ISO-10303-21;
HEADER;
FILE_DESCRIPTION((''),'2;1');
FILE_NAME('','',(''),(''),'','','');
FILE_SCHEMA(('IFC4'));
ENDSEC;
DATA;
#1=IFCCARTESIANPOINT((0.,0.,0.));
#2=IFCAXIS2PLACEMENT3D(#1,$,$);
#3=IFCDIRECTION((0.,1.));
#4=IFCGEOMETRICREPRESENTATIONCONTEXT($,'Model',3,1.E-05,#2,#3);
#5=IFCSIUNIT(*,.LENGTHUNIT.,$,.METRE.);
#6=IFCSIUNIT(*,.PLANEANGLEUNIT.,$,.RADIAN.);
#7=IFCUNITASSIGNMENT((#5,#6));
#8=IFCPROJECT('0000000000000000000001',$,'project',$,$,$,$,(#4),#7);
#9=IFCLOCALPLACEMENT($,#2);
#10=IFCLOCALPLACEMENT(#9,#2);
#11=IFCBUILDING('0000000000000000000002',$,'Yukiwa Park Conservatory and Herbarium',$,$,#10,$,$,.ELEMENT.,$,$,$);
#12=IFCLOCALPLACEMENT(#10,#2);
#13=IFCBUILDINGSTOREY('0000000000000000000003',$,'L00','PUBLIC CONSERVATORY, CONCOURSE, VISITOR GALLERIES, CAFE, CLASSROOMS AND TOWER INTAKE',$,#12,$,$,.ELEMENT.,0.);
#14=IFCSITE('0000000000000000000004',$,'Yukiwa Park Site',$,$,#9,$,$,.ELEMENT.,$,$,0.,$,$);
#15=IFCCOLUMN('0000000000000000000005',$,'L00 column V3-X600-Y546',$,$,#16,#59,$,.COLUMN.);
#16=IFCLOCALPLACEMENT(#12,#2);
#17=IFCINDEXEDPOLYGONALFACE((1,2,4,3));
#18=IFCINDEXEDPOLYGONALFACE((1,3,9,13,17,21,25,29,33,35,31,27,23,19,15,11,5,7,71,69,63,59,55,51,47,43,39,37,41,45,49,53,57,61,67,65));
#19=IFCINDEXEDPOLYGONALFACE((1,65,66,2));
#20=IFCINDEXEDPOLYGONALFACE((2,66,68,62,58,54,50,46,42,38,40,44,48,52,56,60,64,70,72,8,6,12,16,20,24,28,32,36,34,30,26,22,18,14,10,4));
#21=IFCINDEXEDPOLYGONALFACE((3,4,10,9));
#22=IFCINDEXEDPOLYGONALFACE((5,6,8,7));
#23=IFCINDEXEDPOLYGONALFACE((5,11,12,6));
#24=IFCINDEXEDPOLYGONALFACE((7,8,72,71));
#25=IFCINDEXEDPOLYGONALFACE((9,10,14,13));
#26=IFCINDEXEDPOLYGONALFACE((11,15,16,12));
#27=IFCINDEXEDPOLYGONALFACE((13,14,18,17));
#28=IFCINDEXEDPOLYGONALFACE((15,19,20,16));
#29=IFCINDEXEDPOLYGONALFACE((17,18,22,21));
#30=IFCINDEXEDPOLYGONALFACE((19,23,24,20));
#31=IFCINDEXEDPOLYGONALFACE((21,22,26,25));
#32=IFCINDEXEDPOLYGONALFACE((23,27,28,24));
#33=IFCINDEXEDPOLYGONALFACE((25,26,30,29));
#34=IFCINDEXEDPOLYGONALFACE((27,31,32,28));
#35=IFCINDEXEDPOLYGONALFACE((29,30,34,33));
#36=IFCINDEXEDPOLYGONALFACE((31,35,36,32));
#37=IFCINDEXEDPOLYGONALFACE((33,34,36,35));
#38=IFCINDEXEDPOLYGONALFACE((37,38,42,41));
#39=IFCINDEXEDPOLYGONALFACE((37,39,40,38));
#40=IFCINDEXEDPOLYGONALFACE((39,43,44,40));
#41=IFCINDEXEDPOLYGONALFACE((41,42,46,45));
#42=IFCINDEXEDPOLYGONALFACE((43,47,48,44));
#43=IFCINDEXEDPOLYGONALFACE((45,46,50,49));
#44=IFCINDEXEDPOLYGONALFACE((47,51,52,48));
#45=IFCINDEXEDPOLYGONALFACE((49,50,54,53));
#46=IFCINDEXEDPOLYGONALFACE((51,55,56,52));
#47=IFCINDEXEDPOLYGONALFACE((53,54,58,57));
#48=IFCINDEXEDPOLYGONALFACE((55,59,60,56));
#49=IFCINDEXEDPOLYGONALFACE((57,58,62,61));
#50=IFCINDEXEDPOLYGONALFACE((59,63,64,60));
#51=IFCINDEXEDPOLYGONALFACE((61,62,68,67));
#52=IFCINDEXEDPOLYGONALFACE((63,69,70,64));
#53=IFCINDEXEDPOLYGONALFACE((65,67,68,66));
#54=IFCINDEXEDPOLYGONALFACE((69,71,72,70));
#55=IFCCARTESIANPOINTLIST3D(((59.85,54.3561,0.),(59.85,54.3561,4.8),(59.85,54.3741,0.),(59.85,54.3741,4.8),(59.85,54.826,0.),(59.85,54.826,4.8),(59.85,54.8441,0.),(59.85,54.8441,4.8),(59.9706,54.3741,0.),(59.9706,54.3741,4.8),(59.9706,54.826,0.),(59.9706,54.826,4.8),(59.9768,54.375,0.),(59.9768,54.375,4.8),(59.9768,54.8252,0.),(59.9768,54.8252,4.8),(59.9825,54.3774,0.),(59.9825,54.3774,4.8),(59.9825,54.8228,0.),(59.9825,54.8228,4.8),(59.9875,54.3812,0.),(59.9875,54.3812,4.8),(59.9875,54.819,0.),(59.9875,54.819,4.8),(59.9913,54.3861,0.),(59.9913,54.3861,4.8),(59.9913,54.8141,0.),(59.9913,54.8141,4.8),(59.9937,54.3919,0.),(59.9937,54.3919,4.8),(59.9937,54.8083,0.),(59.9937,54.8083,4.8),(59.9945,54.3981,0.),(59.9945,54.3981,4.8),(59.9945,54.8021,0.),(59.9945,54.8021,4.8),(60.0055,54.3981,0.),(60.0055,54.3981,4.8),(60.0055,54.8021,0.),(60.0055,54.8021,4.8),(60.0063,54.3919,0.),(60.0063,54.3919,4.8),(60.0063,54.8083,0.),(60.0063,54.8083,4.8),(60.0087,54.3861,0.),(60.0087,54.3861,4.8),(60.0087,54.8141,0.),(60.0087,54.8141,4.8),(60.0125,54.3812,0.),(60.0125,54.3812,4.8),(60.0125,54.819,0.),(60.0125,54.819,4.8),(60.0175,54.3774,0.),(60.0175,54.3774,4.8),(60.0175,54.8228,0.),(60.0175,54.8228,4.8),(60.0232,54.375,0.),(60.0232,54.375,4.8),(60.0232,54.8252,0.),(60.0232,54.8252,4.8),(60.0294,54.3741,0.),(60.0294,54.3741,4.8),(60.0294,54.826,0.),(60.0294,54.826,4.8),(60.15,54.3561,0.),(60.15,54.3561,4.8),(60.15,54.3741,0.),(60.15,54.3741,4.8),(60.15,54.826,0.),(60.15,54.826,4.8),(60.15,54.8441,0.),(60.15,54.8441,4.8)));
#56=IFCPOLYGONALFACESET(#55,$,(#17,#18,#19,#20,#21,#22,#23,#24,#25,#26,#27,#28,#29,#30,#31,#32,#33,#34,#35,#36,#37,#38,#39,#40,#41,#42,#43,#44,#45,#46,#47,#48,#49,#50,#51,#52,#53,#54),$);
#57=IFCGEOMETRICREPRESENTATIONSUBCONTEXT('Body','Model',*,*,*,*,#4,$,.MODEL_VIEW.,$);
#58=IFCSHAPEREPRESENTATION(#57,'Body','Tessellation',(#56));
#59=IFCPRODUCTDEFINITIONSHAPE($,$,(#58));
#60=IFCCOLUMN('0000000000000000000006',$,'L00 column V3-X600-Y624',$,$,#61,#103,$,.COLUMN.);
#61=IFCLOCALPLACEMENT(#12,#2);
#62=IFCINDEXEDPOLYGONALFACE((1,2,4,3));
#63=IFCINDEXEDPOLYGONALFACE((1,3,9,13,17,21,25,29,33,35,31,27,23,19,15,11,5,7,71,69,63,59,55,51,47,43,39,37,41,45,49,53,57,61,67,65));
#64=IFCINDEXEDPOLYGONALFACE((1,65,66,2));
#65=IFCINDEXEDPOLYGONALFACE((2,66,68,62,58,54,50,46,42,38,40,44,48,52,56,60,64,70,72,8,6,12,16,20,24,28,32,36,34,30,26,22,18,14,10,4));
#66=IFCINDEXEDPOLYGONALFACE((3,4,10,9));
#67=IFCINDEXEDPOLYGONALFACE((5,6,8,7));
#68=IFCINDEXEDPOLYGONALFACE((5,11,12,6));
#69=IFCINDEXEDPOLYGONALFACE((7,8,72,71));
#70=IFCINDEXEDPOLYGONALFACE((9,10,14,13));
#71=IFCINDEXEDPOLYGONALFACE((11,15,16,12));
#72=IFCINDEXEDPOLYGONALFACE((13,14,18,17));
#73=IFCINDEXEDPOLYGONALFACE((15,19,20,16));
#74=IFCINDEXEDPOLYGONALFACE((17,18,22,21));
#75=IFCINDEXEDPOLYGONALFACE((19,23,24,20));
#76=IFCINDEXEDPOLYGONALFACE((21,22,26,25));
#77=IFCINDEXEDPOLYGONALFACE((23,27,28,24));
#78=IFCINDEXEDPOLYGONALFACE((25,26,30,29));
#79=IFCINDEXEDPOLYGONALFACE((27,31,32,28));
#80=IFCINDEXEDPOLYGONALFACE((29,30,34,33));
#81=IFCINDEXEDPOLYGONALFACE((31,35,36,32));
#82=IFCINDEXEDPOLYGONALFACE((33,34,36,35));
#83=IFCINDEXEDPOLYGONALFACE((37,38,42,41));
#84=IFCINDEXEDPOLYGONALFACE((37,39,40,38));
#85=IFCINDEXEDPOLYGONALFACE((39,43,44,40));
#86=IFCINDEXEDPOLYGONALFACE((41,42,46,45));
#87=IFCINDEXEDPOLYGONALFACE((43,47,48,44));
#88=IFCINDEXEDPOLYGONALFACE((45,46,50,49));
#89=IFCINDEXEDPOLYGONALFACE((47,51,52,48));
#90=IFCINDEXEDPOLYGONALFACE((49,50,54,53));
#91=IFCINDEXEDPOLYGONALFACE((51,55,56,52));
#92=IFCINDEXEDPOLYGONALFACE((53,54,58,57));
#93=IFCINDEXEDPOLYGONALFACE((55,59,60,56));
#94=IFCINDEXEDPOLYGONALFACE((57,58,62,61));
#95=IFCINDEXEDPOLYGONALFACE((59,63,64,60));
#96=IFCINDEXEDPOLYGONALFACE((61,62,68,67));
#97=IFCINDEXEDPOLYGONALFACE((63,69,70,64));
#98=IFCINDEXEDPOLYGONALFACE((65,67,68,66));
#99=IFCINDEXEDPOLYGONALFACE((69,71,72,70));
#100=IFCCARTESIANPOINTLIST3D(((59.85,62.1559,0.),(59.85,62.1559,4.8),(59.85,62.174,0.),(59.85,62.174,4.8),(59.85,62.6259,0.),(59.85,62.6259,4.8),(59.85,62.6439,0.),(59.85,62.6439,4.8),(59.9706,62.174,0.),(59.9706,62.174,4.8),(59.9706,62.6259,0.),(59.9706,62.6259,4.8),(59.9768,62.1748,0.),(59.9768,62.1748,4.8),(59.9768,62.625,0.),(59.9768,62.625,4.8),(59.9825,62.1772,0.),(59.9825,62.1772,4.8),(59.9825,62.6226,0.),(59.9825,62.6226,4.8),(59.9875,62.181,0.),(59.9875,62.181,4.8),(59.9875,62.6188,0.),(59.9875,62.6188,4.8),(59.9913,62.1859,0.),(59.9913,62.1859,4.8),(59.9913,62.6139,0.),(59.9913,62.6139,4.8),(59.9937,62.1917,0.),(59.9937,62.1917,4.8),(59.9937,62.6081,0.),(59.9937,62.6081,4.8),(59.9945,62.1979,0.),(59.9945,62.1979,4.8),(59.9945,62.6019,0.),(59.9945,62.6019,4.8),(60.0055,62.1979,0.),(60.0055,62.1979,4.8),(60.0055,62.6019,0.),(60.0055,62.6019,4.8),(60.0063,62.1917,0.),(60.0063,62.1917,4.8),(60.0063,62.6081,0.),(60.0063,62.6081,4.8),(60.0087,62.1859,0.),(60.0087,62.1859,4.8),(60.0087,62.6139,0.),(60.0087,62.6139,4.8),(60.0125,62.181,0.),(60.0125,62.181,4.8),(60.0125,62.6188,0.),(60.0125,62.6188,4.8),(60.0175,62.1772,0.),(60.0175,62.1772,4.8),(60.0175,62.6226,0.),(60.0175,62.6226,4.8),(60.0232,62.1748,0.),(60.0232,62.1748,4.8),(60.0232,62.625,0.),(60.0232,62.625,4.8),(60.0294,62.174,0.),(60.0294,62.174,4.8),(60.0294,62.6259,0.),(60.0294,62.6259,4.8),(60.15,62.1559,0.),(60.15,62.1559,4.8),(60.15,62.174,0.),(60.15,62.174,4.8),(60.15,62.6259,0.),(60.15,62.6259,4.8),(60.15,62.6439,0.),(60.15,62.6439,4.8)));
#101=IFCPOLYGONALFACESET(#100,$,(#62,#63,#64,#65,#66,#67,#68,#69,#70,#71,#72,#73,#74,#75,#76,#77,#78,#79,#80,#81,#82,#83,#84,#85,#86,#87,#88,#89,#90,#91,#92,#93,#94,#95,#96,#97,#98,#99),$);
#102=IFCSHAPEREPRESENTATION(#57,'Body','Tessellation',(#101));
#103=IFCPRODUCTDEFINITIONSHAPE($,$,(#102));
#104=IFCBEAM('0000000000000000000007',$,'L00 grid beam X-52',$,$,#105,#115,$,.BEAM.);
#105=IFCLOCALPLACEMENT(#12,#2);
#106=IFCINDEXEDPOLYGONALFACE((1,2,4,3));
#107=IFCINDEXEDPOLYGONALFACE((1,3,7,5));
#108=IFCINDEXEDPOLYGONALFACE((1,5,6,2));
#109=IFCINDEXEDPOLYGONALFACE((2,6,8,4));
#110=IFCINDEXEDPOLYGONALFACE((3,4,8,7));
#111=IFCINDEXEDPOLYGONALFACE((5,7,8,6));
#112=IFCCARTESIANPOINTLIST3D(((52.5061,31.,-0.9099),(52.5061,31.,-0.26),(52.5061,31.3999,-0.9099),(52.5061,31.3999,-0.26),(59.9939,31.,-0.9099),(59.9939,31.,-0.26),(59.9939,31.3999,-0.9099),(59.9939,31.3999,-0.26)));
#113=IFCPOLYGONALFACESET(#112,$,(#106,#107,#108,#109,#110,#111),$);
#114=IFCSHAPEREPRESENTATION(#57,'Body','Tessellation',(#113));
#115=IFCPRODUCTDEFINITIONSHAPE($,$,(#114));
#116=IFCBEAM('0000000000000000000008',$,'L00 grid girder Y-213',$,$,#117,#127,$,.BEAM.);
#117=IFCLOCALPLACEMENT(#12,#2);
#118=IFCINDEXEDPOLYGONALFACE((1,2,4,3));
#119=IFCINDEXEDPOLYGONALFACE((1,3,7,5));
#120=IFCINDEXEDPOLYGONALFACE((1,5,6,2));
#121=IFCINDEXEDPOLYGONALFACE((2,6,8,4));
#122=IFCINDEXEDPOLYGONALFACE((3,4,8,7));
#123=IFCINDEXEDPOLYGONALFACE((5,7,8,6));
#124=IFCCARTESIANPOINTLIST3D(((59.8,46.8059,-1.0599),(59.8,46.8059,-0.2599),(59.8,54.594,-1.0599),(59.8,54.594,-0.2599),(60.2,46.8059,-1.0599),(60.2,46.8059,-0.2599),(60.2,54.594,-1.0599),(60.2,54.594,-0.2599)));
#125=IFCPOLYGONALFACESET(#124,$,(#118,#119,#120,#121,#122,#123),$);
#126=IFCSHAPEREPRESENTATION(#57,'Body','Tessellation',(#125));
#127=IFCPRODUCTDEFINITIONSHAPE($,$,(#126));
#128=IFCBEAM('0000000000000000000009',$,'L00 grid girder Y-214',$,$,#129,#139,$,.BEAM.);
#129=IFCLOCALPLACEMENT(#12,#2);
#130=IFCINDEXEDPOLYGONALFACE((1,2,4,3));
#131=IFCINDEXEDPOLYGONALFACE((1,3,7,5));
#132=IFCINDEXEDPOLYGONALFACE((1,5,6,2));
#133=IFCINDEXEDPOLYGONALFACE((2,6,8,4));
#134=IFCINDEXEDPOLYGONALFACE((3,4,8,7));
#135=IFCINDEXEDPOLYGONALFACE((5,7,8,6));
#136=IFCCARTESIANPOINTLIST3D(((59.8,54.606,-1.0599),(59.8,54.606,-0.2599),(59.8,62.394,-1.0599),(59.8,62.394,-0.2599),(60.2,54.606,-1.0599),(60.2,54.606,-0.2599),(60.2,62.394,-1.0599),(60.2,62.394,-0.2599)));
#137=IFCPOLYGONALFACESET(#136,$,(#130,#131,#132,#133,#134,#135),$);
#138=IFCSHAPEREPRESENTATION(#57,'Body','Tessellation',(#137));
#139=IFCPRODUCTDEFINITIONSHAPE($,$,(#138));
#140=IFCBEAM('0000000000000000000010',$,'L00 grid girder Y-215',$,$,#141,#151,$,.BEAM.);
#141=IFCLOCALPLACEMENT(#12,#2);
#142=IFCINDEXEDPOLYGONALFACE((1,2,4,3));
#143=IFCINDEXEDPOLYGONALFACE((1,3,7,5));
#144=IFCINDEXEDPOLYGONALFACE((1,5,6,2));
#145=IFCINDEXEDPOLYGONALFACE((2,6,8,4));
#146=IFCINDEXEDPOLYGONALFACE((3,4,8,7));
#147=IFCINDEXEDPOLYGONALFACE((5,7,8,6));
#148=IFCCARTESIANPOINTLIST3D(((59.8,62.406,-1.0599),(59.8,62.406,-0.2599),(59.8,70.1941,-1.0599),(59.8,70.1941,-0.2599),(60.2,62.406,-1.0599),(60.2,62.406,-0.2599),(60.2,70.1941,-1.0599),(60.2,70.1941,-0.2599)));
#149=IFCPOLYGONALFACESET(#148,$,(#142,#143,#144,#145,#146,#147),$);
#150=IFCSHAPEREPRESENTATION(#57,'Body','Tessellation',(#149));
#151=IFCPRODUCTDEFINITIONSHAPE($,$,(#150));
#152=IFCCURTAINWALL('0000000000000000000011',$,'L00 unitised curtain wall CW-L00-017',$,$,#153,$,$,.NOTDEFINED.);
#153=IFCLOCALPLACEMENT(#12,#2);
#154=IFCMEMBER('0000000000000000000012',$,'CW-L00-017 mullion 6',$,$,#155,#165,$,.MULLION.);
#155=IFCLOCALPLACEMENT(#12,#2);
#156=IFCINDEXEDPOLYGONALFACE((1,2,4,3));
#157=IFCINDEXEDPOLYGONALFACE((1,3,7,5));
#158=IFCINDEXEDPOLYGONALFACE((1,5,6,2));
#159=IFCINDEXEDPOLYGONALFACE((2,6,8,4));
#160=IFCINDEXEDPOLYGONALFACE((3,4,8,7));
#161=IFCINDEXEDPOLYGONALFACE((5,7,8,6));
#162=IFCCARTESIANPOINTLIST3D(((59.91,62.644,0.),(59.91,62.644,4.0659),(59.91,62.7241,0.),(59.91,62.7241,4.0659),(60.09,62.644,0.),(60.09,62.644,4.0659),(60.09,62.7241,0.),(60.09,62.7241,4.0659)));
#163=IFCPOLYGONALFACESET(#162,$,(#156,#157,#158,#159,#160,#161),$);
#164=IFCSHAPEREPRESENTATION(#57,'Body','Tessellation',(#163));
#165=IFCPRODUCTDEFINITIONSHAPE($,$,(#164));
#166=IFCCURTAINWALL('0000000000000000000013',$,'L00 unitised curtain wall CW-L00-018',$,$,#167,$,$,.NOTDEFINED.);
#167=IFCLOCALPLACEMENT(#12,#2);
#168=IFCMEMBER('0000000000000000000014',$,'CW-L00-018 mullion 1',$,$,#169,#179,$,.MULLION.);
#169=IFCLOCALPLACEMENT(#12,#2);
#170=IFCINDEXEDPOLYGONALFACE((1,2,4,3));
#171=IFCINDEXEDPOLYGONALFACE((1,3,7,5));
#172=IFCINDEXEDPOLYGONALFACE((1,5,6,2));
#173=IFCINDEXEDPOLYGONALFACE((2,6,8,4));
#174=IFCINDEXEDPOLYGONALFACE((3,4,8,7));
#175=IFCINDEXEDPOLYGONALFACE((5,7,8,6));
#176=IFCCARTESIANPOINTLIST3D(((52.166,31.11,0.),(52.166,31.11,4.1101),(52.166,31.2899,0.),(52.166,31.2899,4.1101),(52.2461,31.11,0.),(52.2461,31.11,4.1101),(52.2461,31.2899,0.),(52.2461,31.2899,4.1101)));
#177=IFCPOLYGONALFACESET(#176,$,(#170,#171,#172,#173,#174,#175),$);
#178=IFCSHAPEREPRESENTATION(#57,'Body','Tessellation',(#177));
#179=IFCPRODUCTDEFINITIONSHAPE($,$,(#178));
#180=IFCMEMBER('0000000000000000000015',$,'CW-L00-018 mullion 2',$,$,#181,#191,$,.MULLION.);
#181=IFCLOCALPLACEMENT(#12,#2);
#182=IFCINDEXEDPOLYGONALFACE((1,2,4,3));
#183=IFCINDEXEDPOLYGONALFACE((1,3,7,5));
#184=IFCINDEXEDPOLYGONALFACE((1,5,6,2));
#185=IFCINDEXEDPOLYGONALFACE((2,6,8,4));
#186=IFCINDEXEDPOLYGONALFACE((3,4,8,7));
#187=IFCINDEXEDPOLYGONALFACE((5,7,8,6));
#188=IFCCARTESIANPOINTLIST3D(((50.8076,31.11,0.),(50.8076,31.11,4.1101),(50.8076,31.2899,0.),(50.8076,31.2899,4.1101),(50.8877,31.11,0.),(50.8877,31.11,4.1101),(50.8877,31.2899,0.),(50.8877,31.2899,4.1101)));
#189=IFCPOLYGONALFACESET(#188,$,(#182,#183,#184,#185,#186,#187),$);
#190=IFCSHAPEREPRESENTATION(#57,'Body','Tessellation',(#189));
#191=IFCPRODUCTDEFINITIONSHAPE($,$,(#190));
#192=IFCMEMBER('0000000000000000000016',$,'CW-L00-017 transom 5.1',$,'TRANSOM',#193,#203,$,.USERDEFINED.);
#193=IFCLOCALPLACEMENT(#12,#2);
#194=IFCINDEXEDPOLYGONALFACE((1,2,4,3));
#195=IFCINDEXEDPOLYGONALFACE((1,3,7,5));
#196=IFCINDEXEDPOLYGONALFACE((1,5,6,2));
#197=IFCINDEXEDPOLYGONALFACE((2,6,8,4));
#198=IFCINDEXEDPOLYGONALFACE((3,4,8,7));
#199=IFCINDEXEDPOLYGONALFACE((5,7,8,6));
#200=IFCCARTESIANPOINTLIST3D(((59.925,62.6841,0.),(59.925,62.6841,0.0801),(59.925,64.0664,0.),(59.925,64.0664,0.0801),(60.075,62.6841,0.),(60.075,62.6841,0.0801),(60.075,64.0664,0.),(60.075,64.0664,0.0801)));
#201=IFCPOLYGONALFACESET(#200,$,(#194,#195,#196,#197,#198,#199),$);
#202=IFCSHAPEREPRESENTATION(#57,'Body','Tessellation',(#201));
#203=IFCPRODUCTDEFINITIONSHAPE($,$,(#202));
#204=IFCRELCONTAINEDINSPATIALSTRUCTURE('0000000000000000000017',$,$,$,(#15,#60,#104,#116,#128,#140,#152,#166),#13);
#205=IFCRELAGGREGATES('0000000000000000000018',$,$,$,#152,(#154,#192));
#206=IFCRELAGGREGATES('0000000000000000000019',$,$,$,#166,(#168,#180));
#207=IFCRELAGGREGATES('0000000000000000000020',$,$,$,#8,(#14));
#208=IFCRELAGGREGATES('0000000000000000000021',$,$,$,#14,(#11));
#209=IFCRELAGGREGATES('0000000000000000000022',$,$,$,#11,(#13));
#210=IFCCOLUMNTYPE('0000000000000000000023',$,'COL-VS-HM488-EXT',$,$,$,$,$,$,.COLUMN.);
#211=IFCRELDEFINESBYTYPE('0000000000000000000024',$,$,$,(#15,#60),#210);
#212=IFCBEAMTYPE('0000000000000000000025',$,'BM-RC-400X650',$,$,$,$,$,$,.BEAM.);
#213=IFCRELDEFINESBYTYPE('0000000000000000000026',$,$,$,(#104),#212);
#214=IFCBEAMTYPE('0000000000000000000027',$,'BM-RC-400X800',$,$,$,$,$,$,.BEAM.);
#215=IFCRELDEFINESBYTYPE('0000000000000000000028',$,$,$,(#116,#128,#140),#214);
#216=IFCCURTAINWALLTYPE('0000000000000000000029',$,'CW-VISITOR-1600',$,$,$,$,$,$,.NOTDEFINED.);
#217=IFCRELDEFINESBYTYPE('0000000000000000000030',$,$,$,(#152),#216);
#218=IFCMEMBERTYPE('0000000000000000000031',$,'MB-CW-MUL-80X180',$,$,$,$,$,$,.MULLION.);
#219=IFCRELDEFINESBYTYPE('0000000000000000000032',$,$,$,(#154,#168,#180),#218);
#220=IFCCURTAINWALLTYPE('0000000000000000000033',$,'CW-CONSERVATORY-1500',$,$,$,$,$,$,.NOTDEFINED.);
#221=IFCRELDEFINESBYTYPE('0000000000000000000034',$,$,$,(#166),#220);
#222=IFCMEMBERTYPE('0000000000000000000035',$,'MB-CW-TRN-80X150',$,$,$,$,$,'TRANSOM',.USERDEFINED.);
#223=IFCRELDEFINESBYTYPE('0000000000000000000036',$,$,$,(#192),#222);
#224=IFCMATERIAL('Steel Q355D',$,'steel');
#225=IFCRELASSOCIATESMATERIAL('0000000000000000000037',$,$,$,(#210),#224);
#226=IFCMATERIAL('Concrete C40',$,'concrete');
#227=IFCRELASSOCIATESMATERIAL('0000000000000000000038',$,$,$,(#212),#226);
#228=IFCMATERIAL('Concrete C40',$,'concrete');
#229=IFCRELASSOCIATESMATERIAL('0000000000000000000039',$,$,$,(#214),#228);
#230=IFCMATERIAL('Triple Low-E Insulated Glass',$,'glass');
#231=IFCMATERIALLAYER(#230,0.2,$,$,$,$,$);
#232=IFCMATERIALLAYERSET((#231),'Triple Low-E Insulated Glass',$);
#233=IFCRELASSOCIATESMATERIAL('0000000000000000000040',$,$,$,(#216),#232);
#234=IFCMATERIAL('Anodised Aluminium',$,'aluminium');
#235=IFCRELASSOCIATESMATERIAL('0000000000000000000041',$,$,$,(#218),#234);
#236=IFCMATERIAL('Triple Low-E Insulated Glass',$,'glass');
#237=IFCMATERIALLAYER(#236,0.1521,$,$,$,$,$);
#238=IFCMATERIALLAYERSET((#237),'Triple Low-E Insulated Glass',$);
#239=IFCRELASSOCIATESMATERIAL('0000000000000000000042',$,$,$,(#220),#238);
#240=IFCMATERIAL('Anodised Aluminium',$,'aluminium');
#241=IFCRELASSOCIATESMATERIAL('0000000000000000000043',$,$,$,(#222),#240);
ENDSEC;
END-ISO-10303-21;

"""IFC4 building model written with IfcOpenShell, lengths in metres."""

from ifc_helpers import new_model, si_unit, direction, frame, origin, origin_2d, place, context, subcontext, project, spatial, rectangle, i_section, extrude, material, layer, layer_set, material_profile, profile_set, type_object, element, aggregate, save


model = new_model("IFC4")

# Units and contexts
model_context = context("Model", 3, precision=1e-05, world=origin(), true_north=direction((0.0, 1.0)))
body_context = subcontext(model_context, "Body", "Model", "MODEL_VIEW")
ifc_project = project(units=[si_unit("LENGTHUNIT", "METRE"), si_unit("PLANEANGLEUNIT", "RADIAN")], contexts=[model_context])

# Site, building, storey
site_placement = place(None, origin())
site = spatial("IfcSite", under=ifc_project, at=site_placement, Name="Yukiwa Park Site", CompositionType="ELEMENT", RefElevation=0.0)
building_placement = place(site_placement, origin())
building = spatial("IfcBuilding", under=site, at=building_placement, Name="Yukiwa Park Conservatory and Herbarium", CompositionType="ELEMENT")
storey_placement = place(building_placement, origin())
storey = spatial("IfcBuildingStorey", under=building, at=storey_placement, Name="L00", Description="PUBLIC CONSERVATORY, CONCOURSE, VISITOR GALLERIES, CAFE, CLASSROOMS AND TOWER INTAKE", CompositionType="ELEMENT", Elevation=0.0)

# Columns
ifc_material_1 = material(Name="Steel Q355D", Category="steel")
ifc_material_profile_1 = material_profile(ifc_material_1, i_section(OverallWidth=0.3, OverallDepth=0.488, WebThickness=0.011, FlangeThickness=0.0181, FilletRadius=0.0239, at=origin_2d()), Name="HM 488x300x11x18")
ifc_profile_set_1 = profile_set([ifc_material_profile_1], Name="Steel Q355D")
column_type_1 = type_object("IfcColumnType", Name="COL-VS-HM488-EXT", PredefinedType="COLUMN", material=ifc_profile_set_1)
for number, where, z_axis, x_axis, name in (
    (1, (60.0, 54.6001, 0.0), (0.0, 0.0, 1.0), (1.0, 0.0, 0.0), "L00 column V3-X600-Y546"),
    (2, (60.0, 62.3999, 0.0), (0.0, 0.0, 1.0), (1.0, 0.0, 0.0), "L00 column V3-X600-Y624"),
):
    element("IfcColumn", number, at=place(storey_placement, frame(where, z_axis=z_axis, x_axis=x_axis)), inside=storey, type_object=column_type_1, Name=name, PredefinedType="COLUMN", context=body_context, shape_type="SweptSolid", body=[
        extrude(i_section(OverallWidth=0.3, OverallDepth=0.488, WebThickness=0.011, FlangeThickness=0.0181, FilletRadius=0.0239, at=origin_2d()), origin(), (0.0, 0.0, 1.0), 4.8),
    ])

# Beams
ifc_material_2 = material(Name="Concrete C40", Category="concrete")
ifc_material_profile_2 = material_profile(ifc_material_2, rectangle(XDim=0.3999, YDim=0.6499, at=origin_2d()), Name="RC 400x650")
ifc_profile_set_2 = profile_set([ifc_material_profile_2], Name="Concrete C40")
beam_type_1 = type_object("IfcBeamType", Name="BM-RC-400X650", PredefinedType="BEAM", material=ifc_profile_set_2)
beam_placement = place(storey_placement, frame((52.5061, 31.2, -0.585), z_axis=(1.0, 0.0, 0.0), x_axis=(0.0, 1.0, 0.0)))
element("IfcBeam", 3, at=beam_placement, inside=storey, type_object=beam_type_1, Name="L00 grid beam X-52", PredefinedType="BEAM", context=body_context, shape_type="SweptSolid", body=[
    extrude(rectangle(XDim=0.3999, YDim=0.6499, at=origin_2d()), origin(), (0.0, 0.0, 1.0), 7.4878),
])
ifc_material_3 = material(Name="Concrete C40", Category="concrete")
ifc_material_profile_3 = material_profile(ifc_material_3, rectangle(XDim=0.3999, YDim=0.8, at=origin_2d()), Name="RC 400x800")
ifc_profile_set_3 = profile_set([ifc_material_profile_3], Name="Concrete C40")
beam_type_2 = type_object("IfcBeamType", Name="BM-RC-400X800", PredefinedType="BEAM", material=ifc_profile_set_3)
for number, where, z_axis, x_axis, name in (
    (4, (60.0, 46.8059, -0.6599), (0.0, 1.0, 0.0), (-1.0, 0.0, 0.0), "L00 grid girder Y-213"),
    (5, (60.0, 54.606, -0.6599), (0.0, 1.0, 0.0), (-1.0, 0.0, 0.0), "L00 grid girder Y-214"),
    (6, (60.0, 62.406, -0.6599), (0.0, 1.0, 0.0), (-1.0, 0.0, 0.0), "L00 grid girder Y-215"),
):
    element("IfcBeam", number, at=place(storey_placement, frame(where, z_axis=z_axis, x_axis=x_axis)), inside=storey, type_object=beam_type_2, Name=name, PredefinedType="BEAM", context=body_context, shape_type="SweptSolid", body=[
        extrude(rectangle(XDim=0.3999, YDim=0.8, at=origin_2d()), origin(), (0.0, 0.0, 1.0), 7.7881),
    ])

# Curtain wall, member
ifc_material_4 = material(Name="Triple Low-E Insulated Glass", Category="glass")
ifc_layer_1 = layer(ifc_material_4, 0.2)
ifc_layer_set_1 = layer_set([ifc_layer_1], Name="Triple Low-E Insulated Glass")
curtain_wall_type_1 = type_object("IfcCurtainWallType", Name="CW-VISITOR-1600", PredefinedType="NOTDEFINED", material=ifc_layer_set_1)
curtain_wall_1_placement = place(storey_placement, origin())
curtain_wall_1 = element("IfcCurtainWall", 7, at=curtain_wall_1_placement, inside=storey, type_object=curtain_wall_type_1, Name="L00 unitised curtain wall CW-L00-017", PredefinedType="NOTDEFINED")
ifc_material_5 = material(Name="Anodised Aluminium", Category="aluminium")
member_type_1 = type_object("IfcMemberType", Name="MB-CW-MUL-80X180", PredefinedType="MULLION", material=ifc_material_5)
member_1_placement = place(storey_placement, frame((60.0, 62.6841, 0.0), z_axis=(0.0, 0.0, 1.0), x_axis=(0.0, -1.0, 0.0)))
member_1 = element("IfcMember", 8, at=member_1_placement, type_object=member_type_1, Name="CW-L00-017 mullion 6", PredefinedType="MULLION", context=body_context, shape_type="SweptSolid", body=[
    extrude(rectangle(XDim=0.0801, YDim=0.1799, at=origin_2d()), origin(), (0.0, 0.0, 1.0), 4.0659),
])

# Curtain wall, members
ifc_material_6 = material(Name="Triple Low-E Insulated Glass", Category="glass")
ifc_layer_2 = layer(ifc_material_6, 0.1521)
ifc_layer_set_2 = layer_set([ifc_layer_2], Name="Triple Low-E Insulated Glass")
curtain_wall_type_2 = type_object("IfcCurtainWallType", Name="CW-CONSERVATORY-1500", PredefinedType="NOTDEFINED", material=ifc_layer_set_2)
curtain_wall_2_placement = place(storey_placement, origin())
curtain_wall_2 = element("IfcCurtainWall", 9, at=curtain_wall_2_placement, inside=storey, type_object=curtain_wall_type_2, Name="L00 unitised curtain wall CW-L00-018", PredefinedType="NOTDEFINED")
member_2_placement = place(storey_placement, frame((52.2061, 31.2, 0.0), z_axis=(0.0, 0.0, 1.0), x_axis=(-1.0, 0.0, 0.0)))
member_2 = element("IfcMember", 10, at=member_2_placement, type_object=member_type_1, Name="CW-L00-018 mullion 1", PredefinedType="MULLION", context=body_context, shape_type="SweptSolid", body=[
    extrude(rectangle(XDim=0.0801, YDim=0.1799, at=origin_2d()), origin(), (0.0, 0.0, 1.0), 4.1101),
])
member_3_placement = place(storey_placement, frame((50.8477, 31.2, 0.0), z_axis=(0.0, 0.0, 1.0), x_axis=(-1.0, 0.0, 0.0)))
member_3 = element("IfcMember", 11, at=member_3_placement, type_object=member_type_1, Name="CW-L00-018 mullion 2", PredefinedType="MULLION", context=body_context, shape_type="SweptSolid", body=[
    extrude(rectangle(XDim=0.0801, YDim=0.1799, at=origin_2d()), origin(), (0.0, 0.0, 1.0), 4.1101),
])

# Member
ifc_material_7 = material(Name="Anodised Aluminium", Category="aluminium")
member_type_2 = type_object("IfcMemberType", Name="MB-CW-TRN-80X150", ElementType="TRANSOM", PredefinedType="USERDEFINED", material=ifc_material_7)
member_4_placement = place(storey_placement, frame((60.0, 63.3752, 0.0), z_axis=(0.0, 0.0, 1.0), x_axis=(0.0, -1.0, 0.0)))
member_4 = element("IfcMember", 12, at=member_4_placement, type_object=member_type_2, Name="CW-L00-017 transom 5.1", ObjectType="TRANSOM", PredefinedType="USERDEFINED", context=body_context, shape_type="SweptSolid", body=[
    extrude(rectangle(XDim=1.3823, YDim=0.1499, at=origin_2d()), origin(), (0.0, 0.0, 1.0), 0.0801),
])
aggregate(curtain_wall_1, [member_1, member_4])

aggregate(curtain_wall_2, [member_2, member_3])

save(model, "model.ifc")
